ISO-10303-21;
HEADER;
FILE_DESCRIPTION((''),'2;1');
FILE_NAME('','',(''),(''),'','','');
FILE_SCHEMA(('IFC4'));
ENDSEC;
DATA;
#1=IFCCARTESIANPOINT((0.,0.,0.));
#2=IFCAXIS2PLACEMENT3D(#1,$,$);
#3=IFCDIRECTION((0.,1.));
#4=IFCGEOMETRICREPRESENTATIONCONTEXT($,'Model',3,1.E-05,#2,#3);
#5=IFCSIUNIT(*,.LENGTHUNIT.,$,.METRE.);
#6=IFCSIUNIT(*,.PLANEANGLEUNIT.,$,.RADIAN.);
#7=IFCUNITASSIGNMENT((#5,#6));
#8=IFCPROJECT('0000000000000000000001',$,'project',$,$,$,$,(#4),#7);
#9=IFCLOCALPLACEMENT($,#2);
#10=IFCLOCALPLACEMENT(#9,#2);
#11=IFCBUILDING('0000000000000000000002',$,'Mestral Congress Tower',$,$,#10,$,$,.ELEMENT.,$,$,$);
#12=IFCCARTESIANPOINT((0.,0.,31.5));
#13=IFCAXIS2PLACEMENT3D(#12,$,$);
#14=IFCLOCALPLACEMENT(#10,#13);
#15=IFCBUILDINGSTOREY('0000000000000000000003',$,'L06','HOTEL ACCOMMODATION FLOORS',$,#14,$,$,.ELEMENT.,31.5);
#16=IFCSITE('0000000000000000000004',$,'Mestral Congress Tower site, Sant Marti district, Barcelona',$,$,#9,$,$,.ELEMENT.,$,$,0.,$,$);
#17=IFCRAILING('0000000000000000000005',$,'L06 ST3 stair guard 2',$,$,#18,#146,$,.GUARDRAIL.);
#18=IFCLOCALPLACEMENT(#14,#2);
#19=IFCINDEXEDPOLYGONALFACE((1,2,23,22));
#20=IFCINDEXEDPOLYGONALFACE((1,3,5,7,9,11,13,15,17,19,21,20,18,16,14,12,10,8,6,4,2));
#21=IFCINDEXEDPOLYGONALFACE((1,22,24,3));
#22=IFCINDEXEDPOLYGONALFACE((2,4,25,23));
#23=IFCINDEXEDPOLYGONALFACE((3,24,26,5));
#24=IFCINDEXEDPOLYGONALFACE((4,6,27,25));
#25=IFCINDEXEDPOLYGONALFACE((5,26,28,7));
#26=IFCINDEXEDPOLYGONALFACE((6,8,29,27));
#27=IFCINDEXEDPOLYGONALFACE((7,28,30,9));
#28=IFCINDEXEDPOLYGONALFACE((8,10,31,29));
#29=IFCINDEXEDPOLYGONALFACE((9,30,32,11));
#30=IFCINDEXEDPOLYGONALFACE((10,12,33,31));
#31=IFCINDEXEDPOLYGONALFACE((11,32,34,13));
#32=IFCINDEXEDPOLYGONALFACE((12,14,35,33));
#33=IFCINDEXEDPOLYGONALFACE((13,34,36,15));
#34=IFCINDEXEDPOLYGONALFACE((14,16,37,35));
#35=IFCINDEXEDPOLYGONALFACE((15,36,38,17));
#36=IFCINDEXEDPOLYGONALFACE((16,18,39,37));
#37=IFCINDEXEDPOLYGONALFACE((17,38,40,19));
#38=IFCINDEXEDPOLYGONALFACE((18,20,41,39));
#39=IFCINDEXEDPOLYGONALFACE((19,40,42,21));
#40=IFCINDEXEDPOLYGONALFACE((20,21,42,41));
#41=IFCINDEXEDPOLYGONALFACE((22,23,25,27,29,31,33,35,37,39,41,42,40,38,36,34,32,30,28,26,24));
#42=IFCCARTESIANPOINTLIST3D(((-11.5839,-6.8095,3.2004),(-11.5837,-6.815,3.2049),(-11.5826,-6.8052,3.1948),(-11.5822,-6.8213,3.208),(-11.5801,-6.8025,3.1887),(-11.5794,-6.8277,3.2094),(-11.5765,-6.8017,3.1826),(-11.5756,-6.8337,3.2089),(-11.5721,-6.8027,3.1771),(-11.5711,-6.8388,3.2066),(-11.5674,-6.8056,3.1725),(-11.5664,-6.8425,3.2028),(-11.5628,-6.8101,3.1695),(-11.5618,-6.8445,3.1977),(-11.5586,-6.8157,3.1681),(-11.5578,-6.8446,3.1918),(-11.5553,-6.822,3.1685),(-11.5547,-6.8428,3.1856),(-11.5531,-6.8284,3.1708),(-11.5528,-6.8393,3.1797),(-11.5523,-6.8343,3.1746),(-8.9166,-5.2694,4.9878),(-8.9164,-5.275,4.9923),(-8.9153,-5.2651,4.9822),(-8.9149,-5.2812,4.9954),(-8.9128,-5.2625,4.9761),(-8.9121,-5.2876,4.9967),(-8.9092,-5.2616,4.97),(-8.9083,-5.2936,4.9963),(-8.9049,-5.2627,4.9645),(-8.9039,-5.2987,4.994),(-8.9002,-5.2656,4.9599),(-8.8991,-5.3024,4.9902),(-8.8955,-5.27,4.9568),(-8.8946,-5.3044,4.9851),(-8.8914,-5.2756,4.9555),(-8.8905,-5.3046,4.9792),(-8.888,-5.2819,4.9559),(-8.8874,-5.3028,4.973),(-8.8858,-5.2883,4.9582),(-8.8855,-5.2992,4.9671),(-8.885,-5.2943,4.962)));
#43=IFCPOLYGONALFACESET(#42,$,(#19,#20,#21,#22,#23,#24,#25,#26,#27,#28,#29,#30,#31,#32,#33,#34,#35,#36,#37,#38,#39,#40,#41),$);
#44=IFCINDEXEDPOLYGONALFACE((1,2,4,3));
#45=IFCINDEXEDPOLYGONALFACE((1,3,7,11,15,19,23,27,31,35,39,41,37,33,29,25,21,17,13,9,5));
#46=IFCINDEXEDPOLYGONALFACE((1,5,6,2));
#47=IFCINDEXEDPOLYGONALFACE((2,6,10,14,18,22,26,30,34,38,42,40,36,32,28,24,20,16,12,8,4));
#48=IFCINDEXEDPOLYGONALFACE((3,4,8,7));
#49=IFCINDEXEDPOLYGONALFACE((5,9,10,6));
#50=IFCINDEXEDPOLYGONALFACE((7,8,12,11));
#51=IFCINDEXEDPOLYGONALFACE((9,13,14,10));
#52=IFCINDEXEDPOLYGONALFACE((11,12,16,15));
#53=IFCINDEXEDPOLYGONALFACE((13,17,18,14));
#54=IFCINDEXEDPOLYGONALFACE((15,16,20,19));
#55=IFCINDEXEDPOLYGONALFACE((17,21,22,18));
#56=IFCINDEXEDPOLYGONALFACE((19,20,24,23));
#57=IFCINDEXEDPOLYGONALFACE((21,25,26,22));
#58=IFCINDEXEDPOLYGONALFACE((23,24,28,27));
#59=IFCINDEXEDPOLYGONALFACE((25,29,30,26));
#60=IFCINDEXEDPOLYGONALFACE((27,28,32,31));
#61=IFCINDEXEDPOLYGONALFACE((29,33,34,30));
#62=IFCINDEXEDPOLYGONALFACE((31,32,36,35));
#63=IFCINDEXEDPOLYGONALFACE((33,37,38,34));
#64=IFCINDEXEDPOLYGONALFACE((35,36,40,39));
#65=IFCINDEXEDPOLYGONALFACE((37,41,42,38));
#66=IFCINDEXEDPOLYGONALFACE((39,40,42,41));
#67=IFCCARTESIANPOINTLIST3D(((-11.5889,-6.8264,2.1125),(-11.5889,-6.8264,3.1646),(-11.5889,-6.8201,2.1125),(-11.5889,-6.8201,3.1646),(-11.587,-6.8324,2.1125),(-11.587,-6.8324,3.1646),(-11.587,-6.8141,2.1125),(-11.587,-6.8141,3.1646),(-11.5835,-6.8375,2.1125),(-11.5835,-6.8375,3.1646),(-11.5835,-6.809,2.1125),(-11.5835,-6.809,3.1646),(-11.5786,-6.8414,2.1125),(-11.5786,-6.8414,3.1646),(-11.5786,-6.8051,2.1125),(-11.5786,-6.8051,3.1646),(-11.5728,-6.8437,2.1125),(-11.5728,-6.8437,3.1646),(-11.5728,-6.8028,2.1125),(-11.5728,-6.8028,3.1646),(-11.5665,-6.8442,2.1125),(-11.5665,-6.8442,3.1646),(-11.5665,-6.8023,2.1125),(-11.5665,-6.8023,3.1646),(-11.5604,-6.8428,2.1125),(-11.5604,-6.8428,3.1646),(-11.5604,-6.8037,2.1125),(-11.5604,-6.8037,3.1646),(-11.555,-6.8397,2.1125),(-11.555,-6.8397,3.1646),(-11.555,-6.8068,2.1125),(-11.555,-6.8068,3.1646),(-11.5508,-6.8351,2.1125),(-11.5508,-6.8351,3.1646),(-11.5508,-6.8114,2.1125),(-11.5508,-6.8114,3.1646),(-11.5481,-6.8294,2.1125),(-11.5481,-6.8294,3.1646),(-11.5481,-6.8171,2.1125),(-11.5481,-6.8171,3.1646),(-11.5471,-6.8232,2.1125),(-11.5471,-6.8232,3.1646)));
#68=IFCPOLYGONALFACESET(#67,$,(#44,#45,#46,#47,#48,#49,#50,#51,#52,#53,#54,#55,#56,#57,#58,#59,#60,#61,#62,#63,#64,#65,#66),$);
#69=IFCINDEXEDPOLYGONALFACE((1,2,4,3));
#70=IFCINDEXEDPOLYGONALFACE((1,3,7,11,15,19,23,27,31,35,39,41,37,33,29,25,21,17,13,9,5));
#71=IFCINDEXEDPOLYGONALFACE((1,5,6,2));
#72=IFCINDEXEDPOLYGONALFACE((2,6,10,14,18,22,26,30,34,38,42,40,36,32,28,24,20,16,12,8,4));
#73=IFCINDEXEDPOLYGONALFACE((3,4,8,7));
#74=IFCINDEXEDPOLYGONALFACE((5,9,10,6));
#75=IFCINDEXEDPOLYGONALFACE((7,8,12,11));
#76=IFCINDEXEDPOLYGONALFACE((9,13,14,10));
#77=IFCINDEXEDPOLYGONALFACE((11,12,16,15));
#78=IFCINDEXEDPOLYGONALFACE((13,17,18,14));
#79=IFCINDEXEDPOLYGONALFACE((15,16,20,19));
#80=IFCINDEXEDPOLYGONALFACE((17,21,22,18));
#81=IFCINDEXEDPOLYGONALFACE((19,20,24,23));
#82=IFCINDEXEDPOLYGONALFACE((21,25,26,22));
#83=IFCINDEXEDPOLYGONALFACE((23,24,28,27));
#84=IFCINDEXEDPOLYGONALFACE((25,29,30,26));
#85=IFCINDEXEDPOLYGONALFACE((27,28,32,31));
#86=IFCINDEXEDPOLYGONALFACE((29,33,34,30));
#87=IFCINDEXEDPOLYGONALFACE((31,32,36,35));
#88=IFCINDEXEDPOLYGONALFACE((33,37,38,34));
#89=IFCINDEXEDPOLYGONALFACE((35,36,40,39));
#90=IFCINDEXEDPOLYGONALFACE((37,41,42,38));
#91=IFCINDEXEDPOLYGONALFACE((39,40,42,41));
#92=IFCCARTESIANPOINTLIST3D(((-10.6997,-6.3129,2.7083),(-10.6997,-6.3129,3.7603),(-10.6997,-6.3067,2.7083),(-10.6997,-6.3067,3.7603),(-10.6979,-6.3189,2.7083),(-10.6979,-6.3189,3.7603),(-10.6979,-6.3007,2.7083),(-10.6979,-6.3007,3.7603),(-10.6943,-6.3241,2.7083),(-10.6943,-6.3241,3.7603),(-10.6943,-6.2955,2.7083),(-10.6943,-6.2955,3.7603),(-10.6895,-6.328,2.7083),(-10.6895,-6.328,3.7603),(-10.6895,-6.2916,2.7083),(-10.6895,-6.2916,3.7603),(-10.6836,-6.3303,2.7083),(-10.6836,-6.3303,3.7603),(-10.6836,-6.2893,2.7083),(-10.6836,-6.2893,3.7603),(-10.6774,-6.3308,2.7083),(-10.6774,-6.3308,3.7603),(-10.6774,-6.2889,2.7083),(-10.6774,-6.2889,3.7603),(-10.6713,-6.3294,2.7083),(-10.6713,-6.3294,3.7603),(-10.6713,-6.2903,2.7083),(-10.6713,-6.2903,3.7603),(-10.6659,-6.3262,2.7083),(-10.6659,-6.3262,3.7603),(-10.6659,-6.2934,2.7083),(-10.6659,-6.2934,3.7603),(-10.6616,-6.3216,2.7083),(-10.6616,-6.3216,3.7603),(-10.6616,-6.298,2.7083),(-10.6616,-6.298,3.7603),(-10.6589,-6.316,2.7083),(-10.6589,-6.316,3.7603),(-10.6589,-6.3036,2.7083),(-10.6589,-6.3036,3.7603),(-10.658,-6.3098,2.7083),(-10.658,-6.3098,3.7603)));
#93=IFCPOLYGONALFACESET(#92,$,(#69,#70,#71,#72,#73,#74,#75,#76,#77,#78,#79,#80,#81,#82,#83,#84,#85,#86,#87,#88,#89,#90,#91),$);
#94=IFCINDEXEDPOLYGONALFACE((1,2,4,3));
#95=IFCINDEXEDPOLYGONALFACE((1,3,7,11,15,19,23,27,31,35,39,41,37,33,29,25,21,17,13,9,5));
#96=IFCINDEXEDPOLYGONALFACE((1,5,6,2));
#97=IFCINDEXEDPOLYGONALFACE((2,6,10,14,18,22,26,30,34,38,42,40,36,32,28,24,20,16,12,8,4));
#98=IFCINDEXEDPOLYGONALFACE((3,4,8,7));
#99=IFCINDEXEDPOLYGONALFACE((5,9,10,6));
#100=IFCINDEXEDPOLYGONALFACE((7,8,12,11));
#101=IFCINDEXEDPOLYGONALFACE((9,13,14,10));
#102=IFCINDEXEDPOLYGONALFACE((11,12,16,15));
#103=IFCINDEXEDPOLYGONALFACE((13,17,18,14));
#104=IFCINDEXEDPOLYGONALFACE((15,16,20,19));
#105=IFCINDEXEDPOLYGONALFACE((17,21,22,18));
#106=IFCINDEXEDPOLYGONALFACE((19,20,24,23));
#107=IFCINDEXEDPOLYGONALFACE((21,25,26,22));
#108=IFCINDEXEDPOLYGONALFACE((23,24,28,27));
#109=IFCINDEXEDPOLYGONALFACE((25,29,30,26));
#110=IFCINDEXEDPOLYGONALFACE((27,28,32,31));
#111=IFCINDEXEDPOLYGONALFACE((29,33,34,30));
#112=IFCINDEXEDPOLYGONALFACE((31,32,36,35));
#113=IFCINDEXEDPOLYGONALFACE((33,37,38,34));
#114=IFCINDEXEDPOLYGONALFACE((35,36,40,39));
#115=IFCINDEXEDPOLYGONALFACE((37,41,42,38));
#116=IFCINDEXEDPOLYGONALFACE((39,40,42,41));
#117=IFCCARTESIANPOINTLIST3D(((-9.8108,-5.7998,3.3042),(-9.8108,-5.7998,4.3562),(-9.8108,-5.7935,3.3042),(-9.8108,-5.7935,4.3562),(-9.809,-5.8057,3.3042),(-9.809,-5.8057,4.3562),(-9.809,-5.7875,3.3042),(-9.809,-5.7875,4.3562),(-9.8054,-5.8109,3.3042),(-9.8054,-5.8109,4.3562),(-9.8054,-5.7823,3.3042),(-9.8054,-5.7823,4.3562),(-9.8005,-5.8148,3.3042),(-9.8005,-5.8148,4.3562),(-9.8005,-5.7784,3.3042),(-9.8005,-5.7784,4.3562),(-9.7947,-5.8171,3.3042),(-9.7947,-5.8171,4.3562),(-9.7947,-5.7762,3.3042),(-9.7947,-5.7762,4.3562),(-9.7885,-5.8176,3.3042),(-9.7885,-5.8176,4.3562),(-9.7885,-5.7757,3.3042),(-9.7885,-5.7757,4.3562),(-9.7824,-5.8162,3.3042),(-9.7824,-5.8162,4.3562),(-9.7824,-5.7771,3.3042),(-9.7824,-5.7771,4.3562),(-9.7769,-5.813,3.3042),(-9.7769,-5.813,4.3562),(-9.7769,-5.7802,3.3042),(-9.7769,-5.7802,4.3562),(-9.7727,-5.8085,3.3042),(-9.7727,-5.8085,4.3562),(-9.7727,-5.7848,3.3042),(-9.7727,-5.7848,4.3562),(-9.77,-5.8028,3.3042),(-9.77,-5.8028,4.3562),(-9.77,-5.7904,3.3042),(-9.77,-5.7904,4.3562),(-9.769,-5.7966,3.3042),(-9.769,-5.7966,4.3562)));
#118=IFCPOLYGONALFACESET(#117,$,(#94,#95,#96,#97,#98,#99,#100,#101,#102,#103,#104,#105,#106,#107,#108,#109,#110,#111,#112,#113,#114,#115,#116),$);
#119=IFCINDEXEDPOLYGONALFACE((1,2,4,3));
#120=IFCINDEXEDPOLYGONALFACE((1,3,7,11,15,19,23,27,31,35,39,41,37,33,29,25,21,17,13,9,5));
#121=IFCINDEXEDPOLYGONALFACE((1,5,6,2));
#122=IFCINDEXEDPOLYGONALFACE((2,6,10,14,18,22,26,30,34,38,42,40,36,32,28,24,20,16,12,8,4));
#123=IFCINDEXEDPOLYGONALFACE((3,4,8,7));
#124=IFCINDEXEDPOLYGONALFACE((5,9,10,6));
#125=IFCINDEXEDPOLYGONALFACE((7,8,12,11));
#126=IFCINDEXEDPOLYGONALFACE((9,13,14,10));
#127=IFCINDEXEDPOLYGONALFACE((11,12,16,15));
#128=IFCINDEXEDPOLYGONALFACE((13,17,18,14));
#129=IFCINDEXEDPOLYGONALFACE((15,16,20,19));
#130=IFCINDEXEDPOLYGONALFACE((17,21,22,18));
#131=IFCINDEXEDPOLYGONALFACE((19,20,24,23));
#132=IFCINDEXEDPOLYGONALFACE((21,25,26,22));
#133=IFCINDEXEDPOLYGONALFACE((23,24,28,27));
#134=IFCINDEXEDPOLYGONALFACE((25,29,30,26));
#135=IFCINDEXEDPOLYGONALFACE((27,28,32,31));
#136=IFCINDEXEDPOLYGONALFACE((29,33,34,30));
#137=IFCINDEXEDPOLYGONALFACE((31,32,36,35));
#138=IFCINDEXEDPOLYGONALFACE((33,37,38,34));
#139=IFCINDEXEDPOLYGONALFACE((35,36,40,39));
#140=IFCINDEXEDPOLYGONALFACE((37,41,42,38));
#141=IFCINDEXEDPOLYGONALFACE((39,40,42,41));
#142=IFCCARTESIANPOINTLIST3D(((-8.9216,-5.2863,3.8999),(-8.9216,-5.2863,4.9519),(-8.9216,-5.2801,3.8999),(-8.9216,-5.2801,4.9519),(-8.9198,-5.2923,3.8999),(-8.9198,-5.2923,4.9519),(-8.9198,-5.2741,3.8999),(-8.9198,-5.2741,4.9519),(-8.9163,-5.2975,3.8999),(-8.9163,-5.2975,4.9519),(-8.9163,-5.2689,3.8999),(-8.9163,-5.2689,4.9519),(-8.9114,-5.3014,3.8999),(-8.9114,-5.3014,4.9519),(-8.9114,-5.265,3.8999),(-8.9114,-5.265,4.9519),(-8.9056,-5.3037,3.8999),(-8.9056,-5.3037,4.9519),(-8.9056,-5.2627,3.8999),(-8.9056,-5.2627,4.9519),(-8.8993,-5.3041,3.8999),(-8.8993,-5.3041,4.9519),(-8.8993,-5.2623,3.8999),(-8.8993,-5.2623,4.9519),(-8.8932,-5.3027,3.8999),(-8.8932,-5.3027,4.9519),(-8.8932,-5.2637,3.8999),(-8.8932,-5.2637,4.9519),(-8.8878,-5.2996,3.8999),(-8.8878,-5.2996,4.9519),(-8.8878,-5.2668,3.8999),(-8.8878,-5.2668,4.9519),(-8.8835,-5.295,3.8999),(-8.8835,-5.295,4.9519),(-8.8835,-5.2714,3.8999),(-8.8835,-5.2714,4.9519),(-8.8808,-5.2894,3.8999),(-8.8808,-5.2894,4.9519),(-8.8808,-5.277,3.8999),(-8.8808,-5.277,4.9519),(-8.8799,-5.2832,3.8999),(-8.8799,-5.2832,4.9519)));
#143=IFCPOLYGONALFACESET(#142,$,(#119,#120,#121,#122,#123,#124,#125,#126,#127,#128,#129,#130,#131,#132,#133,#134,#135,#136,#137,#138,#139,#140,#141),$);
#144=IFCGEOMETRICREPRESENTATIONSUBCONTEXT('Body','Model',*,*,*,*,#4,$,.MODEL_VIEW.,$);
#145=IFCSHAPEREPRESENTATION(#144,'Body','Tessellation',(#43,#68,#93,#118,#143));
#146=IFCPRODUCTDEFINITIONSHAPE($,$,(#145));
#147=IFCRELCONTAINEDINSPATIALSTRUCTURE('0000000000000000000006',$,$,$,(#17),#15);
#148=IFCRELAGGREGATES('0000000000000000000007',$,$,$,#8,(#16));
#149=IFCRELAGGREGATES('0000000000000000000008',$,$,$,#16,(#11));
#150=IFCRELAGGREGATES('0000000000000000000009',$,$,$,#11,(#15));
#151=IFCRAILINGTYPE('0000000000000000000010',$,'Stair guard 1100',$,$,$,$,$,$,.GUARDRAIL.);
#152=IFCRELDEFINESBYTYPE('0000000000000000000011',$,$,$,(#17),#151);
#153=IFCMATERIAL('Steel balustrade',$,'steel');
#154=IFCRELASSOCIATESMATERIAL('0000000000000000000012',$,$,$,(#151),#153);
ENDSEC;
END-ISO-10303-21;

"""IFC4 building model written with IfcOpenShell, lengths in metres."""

from ifc_helpers import new_model, si_unit, direction, frame, origin, origin_2d, place, context, subcontext, project, spatial, circle, extrude, material, type_object, element, save


model = new_model("IFC4")

# Units and contexts
model_context = context("Model", 3, precision=1e-05, world=origin(), true_north=direction((0.0, 1.0)))
body_context = subcontext(model_context, "Body", "Model", "MODEL_VIEW")
ifc_project = project(units=[si_unit("LENGTHUNIT", "METRE"), si_unit("PLANEANGLEUNIT", "RADIAN")], contexts=[model_context])

# Site, building, storey
site_placement = place(None, origin())
site = spatial("IfcSite", under=ifc_project, at=site_placement, Name="Mestral Congress Tower site, Sant Marti district, Barcelona", CompositionType="ELEMENT", RefElevation=0.0)
building_placement = place(site_placement, origin())
building = spatial("IfcBuilding", under=site, at=building_placement, Name="Mestral Congress Tower", CompositionType="ELEMENT")
storey_placement = place(building_placement, frame((0.0, 0.0, 31.5)))
storey = spatial("IfcBuildingStorey", under=building, at=storey_placement, Name="L06", Description="HOTEL ACCOMMODATION FLOORS", CompositionType="ELEMENT", Elevation=31.5)

# Railing
ifc_material_1 = material(Name="Steel balustrade", Category="steel")
railing_type_1 = type_object("IfcRailingType", Name="Stair guard 1100", PredefinedType="GUARDRAIL", material=ifc_material_1)
railing_1_placement = place(storey_placement, frame((-11.5681, -6.8232, 2.1125)))
element("IfcRailing", 1, at=railing_1_placement, inside=storey, type_object=railing_type_1, Name="L06 ST3 stair guard 2", PredefinedType="GUARDRAIL", context=body_context, shape_type="SweptSolid", body=[
    extrude(circle(Radius=0.0239, at=origin_2d()), frame((0.0, 0.0, 1.0762), z_axis=(0.74902, 0.432477, 0.501929), x_axis=(-0.500027, 0.86601, 0.0)), (0.0, 0.0, 1.0), 3.561),
    extrude(circle(Radius=0.021, at=origin_2d()), origin(), (0.0, 0.0, 1.0), 1.052),
    extrude(circle(Radius=0.021, at=origin_2d()), frame((0.8892, 0.5134, 0.5957)), (0.0, 0.0, 1.0), 1.052),
    extrude(circle(Radius=0.021, at=origin_2d()), frame((1.7781, 1.0266, 1.1917)), (0.0, 0.0, 1.0), 1.052),
    extrude(circle(Radius=0.021, at=origin_2d()), frame((2.6672, 1.54, 1.7874)), (0.0, 0.0, 1.0), 1.052),
])

save(model, "model.ifc")
